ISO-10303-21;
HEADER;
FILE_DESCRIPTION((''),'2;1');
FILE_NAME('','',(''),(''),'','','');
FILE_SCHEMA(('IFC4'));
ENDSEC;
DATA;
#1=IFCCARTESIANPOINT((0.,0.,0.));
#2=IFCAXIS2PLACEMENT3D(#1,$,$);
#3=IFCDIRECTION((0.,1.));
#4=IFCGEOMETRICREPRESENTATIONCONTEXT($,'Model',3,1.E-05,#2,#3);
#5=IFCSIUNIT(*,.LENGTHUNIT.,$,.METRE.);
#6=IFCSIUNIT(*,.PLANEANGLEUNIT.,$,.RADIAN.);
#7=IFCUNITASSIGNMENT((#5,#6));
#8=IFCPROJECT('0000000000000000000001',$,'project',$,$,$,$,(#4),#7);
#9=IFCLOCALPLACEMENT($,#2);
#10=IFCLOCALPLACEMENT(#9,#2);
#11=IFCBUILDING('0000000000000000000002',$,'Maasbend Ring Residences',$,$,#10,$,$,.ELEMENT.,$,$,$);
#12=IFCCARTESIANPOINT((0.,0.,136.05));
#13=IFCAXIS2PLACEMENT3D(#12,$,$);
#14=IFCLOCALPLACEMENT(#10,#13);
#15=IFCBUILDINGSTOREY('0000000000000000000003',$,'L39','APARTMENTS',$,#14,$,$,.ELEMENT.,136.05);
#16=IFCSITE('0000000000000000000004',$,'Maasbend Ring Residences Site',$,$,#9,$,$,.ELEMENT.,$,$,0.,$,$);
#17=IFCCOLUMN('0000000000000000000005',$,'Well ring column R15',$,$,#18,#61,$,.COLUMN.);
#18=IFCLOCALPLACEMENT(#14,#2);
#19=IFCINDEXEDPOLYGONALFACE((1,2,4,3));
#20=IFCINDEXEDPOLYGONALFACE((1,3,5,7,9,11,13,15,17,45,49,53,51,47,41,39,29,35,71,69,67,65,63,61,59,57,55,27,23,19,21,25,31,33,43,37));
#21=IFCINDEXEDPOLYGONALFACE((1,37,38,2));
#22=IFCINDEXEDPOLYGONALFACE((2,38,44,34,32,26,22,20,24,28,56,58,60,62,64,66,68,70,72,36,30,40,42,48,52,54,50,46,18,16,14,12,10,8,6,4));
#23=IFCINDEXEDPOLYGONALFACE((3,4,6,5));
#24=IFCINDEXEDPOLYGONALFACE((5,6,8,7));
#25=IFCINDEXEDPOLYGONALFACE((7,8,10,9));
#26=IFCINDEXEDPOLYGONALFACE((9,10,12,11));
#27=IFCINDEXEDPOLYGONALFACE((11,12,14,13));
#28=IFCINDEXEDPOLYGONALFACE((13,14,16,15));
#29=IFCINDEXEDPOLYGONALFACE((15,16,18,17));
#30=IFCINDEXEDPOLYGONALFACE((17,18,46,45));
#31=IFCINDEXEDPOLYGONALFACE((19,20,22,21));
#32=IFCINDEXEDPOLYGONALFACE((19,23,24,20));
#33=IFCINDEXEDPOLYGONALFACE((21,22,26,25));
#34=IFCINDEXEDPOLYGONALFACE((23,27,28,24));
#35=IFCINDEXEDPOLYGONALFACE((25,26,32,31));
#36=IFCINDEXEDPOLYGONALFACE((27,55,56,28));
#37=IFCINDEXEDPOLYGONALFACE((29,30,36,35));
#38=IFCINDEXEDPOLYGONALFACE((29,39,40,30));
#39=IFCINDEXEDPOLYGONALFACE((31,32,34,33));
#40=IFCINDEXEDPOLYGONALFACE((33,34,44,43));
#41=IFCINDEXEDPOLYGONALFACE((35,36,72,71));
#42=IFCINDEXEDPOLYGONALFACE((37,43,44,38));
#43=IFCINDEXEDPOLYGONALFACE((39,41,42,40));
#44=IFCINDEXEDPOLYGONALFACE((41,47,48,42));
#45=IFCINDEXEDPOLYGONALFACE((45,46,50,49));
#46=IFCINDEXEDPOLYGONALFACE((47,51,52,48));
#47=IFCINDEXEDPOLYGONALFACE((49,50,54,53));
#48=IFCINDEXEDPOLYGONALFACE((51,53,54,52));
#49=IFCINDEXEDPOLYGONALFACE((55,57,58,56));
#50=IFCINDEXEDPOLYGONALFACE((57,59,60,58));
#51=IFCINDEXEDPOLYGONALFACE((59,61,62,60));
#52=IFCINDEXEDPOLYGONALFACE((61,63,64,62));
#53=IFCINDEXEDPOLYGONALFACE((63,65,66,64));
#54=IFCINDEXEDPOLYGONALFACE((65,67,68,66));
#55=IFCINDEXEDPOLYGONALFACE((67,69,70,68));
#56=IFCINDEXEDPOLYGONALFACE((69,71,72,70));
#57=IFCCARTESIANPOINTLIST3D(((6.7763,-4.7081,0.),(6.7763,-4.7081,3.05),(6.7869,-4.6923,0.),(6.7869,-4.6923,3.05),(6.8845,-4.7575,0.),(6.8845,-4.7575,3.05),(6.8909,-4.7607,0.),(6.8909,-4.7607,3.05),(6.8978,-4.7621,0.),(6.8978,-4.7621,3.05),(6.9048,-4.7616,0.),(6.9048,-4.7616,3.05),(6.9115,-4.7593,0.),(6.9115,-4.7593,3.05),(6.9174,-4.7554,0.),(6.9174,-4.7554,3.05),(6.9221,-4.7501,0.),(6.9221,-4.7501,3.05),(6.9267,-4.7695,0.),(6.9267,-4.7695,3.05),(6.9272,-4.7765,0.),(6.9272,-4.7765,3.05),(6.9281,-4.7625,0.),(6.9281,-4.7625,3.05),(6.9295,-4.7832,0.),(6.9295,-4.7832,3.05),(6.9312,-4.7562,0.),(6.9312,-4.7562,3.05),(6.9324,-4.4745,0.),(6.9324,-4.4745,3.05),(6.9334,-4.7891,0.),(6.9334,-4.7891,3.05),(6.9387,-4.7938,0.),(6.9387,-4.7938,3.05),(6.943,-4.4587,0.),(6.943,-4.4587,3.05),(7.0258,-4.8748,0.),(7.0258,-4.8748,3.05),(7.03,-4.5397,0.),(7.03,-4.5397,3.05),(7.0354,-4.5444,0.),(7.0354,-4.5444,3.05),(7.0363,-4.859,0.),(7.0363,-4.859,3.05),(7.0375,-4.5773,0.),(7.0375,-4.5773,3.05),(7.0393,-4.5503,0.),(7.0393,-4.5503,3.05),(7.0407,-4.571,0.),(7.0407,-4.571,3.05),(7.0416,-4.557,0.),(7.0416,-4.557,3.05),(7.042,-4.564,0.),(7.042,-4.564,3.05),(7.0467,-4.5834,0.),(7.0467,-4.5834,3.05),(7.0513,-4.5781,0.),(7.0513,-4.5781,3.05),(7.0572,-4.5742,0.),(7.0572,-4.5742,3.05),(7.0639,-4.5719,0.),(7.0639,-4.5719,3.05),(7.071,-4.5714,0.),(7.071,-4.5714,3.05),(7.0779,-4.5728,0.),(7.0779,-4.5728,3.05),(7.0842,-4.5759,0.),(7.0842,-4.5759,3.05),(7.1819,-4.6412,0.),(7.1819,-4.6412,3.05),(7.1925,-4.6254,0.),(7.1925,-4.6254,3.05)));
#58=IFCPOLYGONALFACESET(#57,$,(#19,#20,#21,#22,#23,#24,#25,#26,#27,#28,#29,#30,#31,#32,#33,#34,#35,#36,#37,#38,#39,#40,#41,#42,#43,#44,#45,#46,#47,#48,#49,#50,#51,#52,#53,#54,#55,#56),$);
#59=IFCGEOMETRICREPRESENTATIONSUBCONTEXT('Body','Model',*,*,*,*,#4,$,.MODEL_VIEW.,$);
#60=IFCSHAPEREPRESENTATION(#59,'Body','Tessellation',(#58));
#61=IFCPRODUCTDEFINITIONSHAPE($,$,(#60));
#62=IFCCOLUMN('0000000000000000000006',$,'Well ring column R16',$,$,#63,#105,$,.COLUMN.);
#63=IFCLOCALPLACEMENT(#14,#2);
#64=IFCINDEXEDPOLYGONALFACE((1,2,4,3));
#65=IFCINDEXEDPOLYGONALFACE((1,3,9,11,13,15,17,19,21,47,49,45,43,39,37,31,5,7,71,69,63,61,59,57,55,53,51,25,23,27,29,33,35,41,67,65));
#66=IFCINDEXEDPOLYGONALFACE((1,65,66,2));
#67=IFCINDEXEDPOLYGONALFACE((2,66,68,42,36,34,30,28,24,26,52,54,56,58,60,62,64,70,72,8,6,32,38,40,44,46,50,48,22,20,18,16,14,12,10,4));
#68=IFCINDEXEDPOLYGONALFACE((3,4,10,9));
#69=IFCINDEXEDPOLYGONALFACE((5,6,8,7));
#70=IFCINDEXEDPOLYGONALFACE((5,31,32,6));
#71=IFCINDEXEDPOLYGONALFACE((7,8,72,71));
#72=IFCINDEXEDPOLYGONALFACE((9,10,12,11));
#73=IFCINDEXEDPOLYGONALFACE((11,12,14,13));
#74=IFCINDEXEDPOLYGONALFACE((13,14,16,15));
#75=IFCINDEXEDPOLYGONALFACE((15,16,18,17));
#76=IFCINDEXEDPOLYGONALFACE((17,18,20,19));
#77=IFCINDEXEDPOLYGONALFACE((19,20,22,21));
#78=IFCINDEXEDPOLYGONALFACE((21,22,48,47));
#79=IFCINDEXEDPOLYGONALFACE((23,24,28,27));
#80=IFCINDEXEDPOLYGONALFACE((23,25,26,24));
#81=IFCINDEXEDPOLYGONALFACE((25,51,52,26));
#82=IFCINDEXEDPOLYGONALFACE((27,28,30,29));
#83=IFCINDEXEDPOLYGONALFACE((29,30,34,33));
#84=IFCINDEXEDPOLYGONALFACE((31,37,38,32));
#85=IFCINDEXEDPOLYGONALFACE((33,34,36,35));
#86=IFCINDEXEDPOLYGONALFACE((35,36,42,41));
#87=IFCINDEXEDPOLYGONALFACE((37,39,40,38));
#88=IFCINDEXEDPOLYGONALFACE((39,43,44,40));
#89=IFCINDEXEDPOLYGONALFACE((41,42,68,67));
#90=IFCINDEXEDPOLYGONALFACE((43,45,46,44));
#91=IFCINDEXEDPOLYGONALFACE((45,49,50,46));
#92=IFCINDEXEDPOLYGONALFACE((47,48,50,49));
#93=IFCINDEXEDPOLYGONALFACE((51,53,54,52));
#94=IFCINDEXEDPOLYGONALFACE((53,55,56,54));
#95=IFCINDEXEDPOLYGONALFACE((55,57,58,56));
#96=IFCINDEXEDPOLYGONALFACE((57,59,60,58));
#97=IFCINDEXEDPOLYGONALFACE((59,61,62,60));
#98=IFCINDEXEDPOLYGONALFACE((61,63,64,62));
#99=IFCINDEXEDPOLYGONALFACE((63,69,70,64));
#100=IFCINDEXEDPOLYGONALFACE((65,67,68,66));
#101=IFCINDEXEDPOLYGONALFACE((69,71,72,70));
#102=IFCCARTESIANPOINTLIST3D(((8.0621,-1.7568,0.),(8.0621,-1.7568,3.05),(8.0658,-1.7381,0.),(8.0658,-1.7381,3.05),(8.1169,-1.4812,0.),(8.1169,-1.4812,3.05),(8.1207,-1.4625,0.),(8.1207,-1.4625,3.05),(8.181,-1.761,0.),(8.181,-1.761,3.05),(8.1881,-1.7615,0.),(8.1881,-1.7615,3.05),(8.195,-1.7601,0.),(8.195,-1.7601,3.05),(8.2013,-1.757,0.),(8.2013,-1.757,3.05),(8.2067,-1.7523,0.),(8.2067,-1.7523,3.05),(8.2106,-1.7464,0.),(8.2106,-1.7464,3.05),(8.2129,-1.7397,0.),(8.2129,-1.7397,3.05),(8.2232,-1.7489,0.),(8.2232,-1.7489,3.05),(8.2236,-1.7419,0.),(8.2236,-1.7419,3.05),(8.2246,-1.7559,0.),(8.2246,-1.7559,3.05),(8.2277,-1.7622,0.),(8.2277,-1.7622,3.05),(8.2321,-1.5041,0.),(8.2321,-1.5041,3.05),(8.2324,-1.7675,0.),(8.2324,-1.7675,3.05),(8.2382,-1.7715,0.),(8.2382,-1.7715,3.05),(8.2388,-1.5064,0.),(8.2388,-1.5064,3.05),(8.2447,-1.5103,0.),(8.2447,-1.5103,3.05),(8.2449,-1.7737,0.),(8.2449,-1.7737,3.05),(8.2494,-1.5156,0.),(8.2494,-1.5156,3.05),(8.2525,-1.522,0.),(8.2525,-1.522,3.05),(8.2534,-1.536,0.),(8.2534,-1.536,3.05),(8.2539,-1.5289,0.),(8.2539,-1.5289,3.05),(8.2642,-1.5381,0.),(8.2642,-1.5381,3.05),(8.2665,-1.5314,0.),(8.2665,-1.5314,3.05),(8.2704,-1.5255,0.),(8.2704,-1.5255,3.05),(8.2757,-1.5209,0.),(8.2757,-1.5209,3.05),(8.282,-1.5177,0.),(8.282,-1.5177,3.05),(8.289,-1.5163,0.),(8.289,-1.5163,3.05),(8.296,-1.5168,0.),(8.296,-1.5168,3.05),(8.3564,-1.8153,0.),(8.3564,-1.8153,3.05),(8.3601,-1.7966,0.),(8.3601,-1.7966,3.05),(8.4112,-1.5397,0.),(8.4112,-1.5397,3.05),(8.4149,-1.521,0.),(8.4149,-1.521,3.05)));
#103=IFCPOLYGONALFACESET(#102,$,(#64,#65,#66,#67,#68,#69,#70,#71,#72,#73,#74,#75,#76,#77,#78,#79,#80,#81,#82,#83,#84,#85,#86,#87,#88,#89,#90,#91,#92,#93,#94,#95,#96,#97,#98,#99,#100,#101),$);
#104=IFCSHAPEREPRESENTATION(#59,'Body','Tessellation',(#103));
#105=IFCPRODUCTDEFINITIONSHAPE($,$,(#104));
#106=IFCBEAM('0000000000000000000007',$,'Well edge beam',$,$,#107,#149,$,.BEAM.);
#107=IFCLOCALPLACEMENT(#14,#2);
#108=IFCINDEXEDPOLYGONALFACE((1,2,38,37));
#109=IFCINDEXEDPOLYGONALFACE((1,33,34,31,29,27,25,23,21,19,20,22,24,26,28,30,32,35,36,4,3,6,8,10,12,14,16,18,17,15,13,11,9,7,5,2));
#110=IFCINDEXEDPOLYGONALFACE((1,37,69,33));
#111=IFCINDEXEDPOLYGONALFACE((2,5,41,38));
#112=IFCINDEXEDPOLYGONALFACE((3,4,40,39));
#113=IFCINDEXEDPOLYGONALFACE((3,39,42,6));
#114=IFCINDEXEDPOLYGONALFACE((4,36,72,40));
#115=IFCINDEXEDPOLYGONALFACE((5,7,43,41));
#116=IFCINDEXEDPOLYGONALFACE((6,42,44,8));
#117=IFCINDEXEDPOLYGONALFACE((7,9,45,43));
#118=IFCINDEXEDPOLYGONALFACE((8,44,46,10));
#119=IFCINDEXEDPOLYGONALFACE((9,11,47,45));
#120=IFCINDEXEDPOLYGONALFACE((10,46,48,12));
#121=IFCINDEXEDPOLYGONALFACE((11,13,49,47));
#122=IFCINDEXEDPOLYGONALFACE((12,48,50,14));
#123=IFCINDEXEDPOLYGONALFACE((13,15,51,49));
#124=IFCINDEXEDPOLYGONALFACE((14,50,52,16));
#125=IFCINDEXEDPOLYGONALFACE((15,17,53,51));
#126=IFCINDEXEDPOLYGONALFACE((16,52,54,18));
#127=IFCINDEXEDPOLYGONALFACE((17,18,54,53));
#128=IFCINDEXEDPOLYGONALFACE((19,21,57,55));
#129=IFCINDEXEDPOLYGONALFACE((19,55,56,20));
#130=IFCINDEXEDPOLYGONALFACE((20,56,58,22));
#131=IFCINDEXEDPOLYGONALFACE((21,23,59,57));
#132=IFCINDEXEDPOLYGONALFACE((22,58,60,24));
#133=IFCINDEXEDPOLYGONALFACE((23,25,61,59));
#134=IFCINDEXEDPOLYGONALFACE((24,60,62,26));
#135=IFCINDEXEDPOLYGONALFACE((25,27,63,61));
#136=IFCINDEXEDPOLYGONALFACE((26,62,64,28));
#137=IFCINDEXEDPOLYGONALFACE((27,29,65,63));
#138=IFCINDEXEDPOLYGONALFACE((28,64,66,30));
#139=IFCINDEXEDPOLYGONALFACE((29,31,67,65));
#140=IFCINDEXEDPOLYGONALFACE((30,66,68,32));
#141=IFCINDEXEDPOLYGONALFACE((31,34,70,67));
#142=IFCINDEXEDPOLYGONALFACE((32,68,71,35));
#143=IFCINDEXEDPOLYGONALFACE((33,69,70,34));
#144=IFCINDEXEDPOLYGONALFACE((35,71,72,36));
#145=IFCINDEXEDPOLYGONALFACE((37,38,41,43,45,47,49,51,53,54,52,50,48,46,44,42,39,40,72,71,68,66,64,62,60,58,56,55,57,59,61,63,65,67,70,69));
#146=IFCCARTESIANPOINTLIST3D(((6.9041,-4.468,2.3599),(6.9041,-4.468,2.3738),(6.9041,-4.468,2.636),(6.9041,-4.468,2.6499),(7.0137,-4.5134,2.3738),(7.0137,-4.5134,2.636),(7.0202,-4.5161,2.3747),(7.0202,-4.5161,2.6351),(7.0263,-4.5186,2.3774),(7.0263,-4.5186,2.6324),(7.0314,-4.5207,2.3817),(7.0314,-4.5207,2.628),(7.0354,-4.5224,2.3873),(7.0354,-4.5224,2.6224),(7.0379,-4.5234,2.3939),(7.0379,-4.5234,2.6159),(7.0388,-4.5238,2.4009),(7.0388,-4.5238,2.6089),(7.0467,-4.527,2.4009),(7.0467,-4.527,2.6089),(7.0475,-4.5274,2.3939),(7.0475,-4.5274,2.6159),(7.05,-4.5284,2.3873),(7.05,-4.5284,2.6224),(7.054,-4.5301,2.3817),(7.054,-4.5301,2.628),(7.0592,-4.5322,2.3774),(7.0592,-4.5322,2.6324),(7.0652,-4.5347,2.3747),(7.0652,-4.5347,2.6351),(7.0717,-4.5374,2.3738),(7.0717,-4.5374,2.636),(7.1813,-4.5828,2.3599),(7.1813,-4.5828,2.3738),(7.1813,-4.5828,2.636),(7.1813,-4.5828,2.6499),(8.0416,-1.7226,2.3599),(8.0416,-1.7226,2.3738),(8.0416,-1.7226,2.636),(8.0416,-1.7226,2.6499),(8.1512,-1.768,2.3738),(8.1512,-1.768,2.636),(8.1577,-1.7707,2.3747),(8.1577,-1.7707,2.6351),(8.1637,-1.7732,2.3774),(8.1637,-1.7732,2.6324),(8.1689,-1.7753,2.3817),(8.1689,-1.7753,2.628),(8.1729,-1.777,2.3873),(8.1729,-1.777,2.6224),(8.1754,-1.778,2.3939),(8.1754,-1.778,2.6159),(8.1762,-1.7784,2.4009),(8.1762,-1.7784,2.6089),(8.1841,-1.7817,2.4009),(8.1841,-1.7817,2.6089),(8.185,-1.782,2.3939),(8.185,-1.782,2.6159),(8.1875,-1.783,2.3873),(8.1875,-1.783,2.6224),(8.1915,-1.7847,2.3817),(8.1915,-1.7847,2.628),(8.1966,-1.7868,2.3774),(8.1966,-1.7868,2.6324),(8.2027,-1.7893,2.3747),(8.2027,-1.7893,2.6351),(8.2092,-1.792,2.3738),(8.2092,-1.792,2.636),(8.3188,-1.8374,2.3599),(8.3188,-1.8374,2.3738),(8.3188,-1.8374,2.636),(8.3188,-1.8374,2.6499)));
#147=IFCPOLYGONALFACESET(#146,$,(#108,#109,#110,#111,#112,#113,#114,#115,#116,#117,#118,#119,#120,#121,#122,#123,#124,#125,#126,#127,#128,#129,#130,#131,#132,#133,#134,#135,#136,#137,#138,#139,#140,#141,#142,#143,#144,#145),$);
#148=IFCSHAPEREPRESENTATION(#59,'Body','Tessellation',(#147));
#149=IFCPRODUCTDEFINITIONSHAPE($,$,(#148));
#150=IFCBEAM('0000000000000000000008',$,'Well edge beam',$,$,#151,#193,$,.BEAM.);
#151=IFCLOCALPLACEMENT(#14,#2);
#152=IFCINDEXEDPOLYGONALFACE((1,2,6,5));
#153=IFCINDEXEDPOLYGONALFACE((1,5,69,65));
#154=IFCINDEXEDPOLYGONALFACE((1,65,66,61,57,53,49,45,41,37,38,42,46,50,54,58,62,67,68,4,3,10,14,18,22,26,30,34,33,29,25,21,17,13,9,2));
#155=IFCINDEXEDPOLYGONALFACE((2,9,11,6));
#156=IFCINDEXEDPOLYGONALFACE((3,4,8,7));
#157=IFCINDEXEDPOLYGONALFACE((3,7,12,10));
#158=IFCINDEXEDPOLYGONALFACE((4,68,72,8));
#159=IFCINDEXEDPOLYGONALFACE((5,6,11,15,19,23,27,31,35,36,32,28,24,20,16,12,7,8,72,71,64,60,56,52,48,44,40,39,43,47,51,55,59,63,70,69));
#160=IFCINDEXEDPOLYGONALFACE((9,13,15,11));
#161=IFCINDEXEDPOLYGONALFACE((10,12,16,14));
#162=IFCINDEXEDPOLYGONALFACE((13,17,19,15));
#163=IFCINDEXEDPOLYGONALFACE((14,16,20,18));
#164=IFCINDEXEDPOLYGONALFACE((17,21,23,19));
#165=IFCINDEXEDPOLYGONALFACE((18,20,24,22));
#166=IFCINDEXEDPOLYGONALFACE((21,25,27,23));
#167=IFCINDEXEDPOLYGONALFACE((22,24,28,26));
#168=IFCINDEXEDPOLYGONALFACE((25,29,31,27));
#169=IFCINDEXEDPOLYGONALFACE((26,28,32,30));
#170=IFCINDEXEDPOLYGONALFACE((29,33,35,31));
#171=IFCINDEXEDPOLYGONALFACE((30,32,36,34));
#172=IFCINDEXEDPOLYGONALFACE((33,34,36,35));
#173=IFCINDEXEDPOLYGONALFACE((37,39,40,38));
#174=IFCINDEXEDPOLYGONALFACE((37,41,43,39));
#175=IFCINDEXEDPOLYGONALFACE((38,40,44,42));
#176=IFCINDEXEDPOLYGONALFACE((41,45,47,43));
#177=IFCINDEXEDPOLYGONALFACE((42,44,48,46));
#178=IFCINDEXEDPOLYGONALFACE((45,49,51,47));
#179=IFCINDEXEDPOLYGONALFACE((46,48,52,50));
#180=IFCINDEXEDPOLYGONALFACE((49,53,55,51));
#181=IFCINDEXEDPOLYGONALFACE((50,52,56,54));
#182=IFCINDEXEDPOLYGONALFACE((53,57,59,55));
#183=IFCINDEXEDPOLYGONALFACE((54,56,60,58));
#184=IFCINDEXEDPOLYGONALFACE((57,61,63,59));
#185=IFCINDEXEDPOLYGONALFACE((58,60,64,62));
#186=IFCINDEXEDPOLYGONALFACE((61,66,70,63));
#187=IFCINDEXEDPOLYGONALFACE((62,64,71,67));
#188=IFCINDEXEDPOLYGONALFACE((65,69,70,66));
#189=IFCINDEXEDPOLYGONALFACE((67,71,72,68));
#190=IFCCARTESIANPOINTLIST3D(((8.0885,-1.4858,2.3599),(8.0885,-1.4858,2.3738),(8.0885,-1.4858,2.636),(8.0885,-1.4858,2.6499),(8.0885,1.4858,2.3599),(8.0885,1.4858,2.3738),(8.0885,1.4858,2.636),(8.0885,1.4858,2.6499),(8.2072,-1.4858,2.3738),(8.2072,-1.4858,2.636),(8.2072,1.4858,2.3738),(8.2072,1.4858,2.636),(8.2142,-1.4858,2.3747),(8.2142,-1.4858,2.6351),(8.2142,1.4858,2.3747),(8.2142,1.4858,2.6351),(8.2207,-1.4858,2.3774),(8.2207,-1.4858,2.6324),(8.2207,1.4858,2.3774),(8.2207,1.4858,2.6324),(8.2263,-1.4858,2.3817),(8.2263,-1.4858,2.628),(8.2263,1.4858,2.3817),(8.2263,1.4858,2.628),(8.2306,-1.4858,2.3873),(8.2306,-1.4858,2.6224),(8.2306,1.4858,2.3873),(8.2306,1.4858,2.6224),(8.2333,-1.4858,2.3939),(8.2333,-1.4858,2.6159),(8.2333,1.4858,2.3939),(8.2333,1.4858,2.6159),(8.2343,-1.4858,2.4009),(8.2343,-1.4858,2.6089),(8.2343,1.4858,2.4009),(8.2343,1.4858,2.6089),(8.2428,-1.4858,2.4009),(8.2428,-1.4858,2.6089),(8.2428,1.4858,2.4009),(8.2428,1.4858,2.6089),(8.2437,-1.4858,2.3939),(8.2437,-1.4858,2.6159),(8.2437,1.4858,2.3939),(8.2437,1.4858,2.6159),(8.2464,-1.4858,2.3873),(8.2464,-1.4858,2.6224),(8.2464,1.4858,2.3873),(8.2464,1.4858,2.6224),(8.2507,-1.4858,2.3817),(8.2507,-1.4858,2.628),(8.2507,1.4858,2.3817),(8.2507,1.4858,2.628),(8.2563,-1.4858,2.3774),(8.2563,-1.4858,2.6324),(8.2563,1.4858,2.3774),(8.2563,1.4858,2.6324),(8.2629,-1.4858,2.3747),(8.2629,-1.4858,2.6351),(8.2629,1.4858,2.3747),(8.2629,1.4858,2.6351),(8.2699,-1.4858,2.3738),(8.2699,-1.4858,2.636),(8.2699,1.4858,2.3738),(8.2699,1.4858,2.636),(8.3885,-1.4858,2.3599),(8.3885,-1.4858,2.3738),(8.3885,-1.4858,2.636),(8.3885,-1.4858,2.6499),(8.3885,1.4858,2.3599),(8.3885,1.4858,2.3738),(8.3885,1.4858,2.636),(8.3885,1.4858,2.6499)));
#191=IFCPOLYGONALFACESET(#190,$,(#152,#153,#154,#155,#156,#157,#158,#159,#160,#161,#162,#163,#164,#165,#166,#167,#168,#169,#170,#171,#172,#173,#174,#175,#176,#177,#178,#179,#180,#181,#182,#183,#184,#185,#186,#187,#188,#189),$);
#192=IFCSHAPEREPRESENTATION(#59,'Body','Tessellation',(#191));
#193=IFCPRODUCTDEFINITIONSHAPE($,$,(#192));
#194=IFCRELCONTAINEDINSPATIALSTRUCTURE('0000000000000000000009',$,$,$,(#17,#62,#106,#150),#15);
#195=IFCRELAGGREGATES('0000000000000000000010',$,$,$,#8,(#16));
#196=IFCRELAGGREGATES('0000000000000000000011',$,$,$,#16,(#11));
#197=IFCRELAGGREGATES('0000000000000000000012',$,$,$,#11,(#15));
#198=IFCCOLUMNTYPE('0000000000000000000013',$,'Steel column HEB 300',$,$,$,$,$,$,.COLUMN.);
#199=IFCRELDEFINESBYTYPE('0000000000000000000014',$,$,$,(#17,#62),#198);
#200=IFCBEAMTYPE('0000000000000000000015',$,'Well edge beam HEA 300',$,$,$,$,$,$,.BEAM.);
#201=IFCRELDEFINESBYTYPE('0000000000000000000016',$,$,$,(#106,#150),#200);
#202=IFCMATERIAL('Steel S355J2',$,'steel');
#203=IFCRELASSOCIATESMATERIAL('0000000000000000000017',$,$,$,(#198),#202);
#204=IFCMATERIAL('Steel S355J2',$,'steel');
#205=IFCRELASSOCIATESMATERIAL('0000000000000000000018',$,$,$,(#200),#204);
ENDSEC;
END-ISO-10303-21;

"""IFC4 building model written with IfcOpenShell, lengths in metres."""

from ifc_helpers import new_model, si_unit, direction, frame, origin, origin_2d, place, context, subcontext, project, spatial, i_section, extrude, material, material_profile, profile_set, type_object, element, save


model = new_model("IFC4")

# Units and contexts
model_context = context("Model", 3, precision=1e-05, world=origin(), true_north=direction((0.0, 1.0)))
body_context = subcontext(model_context, "Body", "Model", "MODEL_VIEW")
ifc_project = project(units=[si_unit("LENGTHUNIT", "METRE"), si_unit("PLANEANGLEUNIT", "RADIAN")], contexts=[model_context])

# Site, building, storey
site_placement = place(None, origin())
site = spatial("IfcSite", under=ifc_project, at=site_placement, Name="Maasbend Ring Residences Site", CompositionType="ELEMENT", RefElevation=0.0)
building_placement = place(site_placement, origin())
building = spatial("IfcBuilding", under=site, at=building_placement, Name="Maasbend Ring Residences", CompositionType="ELEMENT")
storey_placement = place(building_placement, frame((0.0, 0.0, 136.05)))
storey = spatial("IfcBuildingStorey", under=building, at=storey_placement, Name="L39", Description="APARTMENTS", CompositionType="ELEMENT", Elevation=136.05)

# Columns
ifc_material_1 = material(Name="Steel S355J2", Category="steel")
ifc_material_profile_1 = material_profile(ifc_material_1, i_section(OverallWidth=0.3, OverallDepth=0.3, WebThickness=0.011, FlangeThickness=0.019, FilletRadius=0.0271, at=origin_2d()), Name="HEB 300")
ifc_profile_set_1 = profile_set([ifc_material_profile_1], Name="Steel S355J2")
column_type = type_object("IfcColumnType", Name="Steel column HEB 300", PredefinedType="COLUMN", material=ifc_profile_set_1)
for number, where, z_axis, x_axis, name in (
    (1, (6.9844, -4.6667, 0.0), (0.0, 0.0, 1.0), (0.83147, -0.55557, 0.0), "Well ring column R15"),
    (2, (8.2385, -1.6389, 0.0), (0.0, 0.0, 1.0), (0.980785, -0.19509, 0.0), "Well ring column R16"),
):
    element("IfcColumn", number, at=place(storey_placement, frame(where, z_axis=z_axis, x_axis=x_axis)), inside=storey, type_object=column_type, Name=name, PredefinedType="COLUMN", context=body_context, shape_type="SweptSolid", body=[
        extrude(i_section(OverallWidth=0.3, OverallDepth=0.3, WebThickness=0.011, FlangeThickness=0.019, FilletRadius=0.0271, at=origin_2d()), origin(), (0.0, 0.0, 1.0), 3.05),
    ])

# Beams
ifc_material_2 = material(Name="Steel S355J2", Category="steel")
ifc_material_profile_2 = material_profile(ifc_material_2, i_section(OverallWidth=0.3, OverallDepth=0.29, WebThickness=0.0085, FlangeThickness=0.0139, FilletRadius=0.0271, at=origin_2d()), Name="HEA 300")
ifc_profile_set_2 = profile_set([ifc_material_profile_2], Name="Steel S355J2")
beam_type = type_object("IfcBeamType", Name="Well edge beam HEA 300", PredefinedType="BEAM", material=ifc_profile_set_2)
for number, where, z_axis, x_axis, name in (
    (3, (7.0427, -4.5254, 2.5049), (0.382765, 0.923846, 0.0), (-0.923846, 0.382765, 0.0), "Well edge beam"),
    (4, (8.2385, -1.4858, 2.5049), (0.0, 1.0, 0.0), (-1.0, 0.0, 0.0), "Well edge beam"),
):
    element("IfcBeam", number, at=place(storey_placement, frame(where, z_axis=z_axis, x_axis=x_axis)), inside=storey, type_object=beam_type, Name=name, PredefinedType="BEAM", context=body_context, shape_type="SweptSolid", body=[
        extrude(i_section(OverallWidth=0.3, OverallDepth=0.29, WebThickness=0.0085, FlangeThickness=0.0139, FilletRadius=0.0271, at=origin_2d()), origin(), (0.0, 0.0, 1.0), 2.9717),
    ])

save(model, "model.ifc")
